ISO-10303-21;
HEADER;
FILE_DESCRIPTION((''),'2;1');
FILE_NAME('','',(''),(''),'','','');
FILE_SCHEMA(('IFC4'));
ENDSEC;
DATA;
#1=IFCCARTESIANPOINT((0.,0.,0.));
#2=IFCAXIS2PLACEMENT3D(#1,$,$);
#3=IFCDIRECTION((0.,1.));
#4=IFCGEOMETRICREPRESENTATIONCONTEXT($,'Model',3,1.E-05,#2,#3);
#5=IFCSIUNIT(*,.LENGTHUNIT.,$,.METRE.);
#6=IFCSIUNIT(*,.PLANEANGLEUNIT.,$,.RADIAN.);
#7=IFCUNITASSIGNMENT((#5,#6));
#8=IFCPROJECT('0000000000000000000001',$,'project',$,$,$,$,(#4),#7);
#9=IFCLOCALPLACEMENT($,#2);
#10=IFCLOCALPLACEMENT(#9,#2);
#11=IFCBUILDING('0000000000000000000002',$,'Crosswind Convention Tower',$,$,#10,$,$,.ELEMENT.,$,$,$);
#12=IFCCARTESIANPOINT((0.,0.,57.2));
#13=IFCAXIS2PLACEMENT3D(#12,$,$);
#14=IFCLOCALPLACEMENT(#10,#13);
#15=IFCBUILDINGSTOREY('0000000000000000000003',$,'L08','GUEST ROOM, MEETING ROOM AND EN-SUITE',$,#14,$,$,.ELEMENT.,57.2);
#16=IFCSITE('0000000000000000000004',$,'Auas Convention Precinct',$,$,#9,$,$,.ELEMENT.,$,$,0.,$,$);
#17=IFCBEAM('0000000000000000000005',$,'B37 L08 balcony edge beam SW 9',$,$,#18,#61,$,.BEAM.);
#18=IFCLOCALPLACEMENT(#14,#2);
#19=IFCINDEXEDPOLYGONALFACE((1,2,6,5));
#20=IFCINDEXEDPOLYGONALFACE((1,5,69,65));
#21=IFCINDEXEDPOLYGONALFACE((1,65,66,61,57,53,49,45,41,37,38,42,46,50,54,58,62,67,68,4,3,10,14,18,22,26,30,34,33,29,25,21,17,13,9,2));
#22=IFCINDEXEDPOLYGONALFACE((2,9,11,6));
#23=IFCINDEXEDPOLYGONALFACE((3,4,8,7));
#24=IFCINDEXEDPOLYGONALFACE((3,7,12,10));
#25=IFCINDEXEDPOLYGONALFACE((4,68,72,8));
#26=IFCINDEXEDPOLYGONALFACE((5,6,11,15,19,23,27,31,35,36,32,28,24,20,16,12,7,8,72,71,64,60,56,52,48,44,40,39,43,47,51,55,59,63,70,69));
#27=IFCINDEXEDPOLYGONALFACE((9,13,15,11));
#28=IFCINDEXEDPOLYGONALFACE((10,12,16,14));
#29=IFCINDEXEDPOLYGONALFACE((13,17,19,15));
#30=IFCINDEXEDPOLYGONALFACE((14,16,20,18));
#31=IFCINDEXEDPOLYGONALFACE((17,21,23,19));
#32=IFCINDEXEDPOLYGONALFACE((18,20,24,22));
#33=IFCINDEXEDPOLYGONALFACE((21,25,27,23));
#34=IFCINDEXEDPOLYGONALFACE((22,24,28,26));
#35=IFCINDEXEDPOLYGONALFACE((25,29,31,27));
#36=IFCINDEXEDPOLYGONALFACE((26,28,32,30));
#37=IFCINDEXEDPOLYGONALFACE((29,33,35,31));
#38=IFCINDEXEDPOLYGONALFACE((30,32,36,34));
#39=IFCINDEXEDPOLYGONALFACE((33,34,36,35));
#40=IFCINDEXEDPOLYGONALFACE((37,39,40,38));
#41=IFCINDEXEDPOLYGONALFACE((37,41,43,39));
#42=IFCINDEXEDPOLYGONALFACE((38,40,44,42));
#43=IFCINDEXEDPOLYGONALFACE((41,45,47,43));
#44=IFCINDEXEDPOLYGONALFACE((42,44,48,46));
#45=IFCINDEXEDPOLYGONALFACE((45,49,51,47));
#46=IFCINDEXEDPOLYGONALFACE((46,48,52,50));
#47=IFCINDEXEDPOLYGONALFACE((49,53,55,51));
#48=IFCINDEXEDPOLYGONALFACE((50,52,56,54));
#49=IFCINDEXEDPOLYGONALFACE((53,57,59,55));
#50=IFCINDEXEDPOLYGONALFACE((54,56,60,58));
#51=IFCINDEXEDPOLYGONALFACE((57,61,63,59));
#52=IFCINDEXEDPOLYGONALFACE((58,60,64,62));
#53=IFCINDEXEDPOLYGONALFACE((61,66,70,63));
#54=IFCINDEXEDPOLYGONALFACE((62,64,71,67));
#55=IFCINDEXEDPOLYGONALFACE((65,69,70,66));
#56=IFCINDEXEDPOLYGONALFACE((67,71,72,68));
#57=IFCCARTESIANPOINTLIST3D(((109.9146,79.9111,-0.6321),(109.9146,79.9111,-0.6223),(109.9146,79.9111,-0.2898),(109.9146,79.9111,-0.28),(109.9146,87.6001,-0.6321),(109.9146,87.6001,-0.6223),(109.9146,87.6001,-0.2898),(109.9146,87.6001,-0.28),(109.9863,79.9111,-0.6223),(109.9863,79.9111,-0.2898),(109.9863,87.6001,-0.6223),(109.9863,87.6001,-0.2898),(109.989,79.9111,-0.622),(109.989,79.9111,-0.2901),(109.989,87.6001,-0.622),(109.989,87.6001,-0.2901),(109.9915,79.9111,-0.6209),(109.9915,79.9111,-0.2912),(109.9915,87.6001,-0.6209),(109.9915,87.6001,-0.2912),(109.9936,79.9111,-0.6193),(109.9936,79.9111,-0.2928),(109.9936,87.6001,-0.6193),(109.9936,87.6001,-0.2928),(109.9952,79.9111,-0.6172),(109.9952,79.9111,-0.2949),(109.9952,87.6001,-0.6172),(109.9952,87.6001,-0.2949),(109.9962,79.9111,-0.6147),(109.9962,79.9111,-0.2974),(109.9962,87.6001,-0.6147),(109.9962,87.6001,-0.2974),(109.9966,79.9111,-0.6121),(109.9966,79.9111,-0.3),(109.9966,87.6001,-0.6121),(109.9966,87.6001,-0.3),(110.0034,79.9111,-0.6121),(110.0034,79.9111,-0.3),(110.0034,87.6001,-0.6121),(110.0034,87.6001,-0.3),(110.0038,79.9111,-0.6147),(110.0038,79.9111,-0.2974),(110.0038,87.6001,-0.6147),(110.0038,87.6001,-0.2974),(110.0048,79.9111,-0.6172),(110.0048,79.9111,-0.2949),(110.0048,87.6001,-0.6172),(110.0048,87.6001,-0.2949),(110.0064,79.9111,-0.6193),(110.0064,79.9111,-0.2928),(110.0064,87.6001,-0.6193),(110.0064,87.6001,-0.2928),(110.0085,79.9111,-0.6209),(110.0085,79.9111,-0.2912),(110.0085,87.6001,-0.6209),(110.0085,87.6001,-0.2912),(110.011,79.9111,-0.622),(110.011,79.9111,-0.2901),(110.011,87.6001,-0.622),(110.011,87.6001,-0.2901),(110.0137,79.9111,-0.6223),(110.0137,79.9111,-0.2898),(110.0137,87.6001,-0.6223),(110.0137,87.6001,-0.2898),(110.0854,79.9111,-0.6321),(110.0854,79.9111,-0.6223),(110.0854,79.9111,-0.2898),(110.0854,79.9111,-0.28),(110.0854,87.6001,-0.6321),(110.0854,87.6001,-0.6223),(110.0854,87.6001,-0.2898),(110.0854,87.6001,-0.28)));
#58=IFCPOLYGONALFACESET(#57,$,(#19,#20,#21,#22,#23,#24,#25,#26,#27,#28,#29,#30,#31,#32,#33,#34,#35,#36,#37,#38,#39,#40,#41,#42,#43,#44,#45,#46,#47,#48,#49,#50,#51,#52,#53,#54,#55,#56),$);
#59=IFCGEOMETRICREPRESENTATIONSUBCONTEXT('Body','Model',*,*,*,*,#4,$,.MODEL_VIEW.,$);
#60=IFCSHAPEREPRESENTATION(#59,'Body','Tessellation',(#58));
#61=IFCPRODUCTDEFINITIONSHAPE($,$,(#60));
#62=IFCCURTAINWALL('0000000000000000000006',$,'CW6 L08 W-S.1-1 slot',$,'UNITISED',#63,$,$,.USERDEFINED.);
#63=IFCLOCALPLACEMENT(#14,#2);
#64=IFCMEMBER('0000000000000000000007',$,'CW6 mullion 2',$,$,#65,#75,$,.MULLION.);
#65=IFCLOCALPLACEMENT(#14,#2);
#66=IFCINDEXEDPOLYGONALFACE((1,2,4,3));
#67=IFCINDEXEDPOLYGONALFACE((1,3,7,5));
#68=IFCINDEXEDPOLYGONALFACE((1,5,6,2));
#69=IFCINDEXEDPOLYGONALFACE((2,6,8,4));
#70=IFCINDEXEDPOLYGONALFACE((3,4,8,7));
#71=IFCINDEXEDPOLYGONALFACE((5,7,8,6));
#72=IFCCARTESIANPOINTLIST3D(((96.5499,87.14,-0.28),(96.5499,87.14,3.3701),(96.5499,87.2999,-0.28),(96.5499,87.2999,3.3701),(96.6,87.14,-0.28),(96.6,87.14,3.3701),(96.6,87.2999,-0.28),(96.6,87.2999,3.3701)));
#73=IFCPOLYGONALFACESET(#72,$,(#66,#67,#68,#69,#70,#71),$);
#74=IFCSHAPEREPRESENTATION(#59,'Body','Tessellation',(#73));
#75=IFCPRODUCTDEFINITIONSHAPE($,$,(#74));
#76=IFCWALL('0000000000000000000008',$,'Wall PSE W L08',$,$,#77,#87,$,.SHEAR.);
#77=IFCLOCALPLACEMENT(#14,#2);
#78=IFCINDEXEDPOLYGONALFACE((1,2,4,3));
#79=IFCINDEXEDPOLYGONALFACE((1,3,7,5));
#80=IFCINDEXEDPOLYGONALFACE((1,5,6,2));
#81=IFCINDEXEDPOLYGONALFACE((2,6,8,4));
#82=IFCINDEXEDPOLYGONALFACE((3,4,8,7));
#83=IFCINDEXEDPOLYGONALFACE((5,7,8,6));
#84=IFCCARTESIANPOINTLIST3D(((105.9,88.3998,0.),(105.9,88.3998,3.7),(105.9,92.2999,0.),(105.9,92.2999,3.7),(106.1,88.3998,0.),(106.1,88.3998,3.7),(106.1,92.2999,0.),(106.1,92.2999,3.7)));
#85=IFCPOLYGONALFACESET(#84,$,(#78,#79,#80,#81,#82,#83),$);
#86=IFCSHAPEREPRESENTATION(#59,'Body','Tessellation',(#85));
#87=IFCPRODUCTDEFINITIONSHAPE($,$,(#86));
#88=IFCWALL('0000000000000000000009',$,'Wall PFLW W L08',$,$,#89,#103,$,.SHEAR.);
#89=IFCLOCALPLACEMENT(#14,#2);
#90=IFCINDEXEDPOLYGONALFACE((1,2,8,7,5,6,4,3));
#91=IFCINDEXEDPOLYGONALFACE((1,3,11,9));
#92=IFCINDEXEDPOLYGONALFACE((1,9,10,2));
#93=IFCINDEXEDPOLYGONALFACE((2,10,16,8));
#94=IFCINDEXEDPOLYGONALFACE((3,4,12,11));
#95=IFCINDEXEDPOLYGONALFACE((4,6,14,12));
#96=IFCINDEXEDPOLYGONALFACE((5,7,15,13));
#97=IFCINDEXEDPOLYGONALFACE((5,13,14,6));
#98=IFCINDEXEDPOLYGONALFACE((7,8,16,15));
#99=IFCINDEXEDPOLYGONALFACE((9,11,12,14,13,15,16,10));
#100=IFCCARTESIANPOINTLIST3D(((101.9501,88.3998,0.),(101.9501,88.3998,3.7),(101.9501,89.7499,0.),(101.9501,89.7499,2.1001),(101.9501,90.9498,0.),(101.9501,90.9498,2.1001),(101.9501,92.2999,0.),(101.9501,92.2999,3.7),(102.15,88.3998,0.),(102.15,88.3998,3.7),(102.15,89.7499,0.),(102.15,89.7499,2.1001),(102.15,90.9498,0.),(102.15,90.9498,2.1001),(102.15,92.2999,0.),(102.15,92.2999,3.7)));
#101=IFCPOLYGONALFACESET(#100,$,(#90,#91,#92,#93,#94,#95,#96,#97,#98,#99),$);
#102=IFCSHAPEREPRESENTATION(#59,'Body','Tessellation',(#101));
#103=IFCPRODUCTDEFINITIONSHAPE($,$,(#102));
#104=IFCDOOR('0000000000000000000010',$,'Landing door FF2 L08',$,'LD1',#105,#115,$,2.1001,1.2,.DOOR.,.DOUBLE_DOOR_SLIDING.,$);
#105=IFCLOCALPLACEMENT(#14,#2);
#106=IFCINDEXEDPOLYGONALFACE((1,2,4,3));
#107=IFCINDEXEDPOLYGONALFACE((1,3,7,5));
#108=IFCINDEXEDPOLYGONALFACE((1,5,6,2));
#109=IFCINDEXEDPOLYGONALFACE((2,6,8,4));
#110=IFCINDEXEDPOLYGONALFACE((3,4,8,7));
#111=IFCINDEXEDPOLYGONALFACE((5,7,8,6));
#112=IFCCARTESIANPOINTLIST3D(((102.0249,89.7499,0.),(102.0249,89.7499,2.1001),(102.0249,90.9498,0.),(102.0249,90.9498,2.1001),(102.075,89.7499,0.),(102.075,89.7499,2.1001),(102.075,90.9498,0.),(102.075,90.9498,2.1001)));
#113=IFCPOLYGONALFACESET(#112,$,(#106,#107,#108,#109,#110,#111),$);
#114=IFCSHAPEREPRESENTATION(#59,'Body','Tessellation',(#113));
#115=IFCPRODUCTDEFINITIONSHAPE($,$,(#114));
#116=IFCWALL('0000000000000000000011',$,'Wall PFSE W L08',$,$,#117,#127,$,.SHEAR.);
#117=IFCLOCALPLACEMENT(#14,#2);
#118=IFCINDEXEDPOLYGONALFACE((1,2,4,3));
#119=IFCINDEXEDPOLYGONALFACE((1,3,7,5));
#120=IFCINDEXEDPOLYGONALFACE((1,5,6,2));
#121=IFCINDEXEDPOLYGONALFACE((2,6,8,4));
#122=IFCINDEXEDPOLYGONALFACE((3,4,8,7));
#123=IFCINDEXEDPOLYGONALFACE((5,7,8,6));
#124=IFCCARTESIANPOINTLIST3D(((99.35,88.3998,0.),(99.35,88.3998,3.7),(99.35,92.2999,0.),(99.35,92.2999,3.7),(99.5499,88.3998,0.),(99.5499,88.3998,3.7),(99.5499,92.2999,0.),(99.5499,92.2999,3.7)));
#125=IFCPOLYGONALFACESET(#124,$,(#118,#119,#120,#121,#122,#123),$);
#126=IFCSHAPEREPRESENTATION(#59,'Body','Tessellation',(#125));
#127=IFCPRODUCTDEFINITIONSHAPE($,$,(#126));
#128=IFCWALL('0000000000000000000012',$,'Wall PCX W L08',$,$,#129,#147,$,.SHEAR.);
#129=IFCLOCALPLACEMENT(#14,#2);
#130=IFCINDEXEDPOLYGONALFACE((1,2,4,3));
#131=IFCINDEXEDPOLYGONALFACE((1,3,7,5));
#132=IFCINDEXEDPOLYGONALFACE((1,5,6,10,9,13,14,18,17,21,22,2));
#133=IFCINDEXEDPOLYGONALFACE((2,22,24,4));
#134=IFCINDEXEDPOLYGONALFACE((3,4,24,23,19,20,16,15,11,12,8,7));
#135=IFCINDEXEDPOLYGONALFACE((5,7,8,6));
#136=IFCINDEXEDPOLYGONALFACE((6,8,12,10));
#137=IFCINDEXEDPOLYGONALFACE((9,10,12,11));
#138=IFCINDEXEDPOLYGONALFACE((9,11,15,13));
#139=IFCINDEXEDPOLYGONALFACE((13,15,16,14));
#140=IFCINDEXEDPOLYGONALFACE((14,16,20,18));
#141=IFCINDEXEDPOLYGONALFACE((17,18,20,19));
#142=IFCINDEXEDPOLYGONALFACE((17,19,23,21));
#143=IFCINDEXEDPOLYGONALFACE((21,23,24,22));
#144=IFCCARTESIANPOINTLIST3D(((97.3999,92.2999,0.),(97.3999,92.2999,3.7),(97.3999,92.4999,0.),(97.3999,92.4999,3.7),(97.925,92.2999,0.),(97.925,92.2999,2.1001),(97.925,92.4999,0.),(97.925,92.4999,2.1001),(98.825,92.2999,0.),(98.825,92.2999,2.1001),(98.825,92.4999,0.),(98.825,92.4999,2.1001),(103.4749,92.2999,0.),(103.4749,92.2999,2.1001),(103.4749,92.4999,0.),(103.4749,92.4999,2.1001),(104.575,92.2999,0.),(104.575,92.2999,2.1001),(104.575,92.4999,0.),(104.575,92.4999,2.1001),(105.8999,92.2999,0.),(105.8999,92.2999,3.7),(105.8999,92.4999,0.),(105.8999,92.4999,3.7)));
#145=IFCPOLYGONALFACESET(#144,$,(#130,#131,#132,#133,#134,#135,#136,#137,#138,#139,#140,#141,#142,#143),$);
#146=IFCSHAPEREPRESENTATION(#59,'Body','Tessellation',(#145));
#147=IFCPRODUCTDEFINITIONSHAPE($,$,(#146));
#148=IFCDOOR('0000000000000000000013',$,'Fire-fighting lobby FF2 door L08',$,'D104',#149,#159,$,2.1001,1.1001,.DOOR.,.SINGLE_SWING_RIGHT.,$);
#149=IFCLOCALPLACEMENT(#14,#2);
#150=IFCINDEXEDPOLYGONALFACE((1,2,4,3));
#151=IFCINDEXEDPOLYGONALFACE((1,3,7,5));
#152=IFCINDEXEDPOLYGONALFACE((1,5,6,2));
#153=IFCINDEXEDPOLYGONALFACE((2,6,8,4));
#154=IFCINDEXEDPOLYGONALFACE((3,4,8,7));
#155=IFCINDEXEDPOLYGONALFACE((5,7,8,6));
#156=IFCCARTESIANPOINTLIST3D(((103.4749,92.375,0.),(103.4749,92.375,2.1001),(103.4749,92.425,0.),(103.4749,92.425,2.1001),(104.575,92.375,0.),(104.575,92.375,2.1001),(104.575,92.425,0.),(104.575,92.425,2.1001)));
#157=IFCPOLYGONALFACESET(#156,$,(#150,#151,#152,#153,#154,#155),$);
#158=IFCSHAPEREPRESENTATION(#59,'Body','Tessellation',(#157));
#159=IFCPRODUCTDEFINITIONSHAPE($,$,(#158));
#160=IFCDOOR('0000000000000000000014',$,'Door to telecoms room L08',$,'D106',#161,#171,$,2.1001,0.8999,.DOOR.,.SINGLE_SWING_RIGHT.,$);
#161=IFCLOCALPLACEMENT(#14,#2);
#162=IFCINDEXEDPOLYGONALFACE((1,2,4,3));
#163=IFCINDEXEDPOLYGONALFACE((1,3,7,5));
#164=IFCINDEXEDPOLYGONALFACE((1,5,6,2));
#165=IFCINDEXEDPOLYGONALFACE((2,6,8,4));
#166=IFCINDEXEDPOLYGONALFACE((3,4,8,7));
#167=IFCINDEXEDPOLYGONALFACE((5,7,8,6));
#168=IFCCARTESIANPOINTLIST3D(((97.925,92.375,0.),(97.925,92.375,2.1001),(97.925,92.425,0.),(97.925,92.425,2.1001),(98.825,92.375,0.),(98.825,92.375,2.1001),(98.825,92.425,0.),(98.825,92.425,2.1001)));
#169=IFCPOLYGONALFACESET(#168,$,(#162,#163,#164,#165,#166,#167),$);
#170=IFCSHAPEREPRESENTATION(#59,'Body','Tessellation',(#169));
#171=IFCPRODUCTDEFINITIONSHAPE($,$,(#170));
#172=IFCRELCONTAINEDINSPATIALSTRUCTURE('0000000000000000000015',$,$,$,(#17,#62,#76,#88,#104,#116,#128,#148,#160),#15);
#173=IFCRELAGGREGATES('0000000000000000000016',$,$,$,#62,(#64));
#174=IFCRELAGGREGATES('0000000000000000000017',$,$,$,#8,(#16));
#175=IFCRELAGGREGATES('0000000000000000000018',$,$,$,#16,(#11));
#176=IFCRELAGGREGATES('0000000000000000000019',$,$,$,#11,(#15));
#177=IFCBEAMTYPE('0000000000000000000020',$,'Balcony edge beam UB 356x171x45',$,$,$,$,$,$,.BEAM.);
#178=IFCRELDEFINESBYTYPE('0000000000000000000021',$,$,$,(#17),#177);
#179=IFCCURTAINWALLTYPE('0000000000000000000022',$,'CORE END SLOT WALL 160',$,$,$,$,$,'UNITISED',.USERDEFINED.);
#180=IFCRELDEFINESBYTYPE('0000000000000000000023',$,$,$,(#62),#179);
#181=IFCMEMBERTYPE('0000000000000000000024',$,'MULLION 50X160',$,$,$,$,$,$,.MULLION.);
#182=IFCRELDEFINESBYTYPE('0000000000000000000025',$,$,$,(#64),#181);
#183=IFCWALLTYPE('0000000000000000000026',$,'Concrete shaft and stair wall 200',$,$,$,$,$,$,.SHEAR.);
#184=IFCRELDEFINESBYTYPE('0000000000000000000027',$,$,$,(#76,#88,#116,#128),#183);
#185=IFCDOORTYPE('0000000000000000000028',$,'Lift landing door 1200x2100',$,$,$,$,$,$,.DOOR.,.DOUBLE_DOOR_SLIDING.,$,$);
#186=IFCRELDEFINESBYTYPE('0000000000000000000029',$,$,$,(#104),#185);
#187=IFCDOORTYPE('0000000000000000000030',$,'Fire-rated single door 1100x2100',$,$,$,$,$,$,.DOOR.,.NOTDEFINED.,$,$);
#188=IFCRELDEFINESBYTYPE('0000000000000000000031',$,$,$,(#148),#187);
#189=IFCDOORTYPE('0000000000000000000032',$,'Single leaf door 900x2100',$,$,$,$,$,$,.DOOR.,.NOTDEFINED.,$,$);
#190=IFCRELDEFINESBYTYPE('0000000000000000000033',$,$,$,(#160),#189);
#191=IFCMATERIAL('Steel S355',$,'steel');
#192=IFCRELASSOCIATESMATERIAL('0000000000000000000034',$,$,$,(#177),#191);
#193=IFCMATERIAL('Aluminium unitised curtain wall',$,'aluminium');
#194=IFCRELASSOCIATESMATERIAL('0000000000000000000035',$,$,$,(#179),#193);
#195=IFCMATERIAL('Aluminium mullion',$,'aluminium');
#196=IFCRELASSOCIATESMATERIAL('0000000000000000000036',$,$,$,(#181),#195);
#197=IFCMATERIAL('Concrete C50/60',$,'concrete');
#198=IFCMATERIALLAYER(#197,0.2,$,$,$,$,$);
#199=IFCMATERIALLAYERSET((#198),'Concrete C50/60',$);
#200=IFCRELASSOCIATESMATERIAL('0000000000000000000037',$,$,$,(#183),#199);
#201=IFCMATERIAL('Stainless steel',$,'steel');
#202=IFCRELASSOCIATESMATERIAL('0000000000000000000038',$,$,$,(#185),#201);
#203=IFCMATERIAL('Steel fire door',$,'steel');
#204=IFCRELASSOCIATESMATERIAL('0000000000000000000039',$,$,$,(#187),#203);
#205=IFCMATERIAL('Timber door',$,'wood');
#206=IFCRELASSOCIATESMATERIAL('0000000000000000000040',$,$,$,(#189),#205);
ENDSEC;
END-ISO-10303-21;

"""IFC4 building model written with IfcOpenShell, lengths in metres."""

from ifc_helpers import new_model, si_unit, direction, frame, frame_2d, origin, origin_2d, place, context, subcontext, project, spatial, rectangle, i_section, extrude, material, layer, layer_set, material_profile, profile_set, type_object, element, fill, aggregate, save


model = new_model("IFC4")

# Units and contexts
model_context = context("Model", 3, precision=1e-05, world=origin(), true_north=direction((0.0, 1.0)))
body_context = subcontext(model_context, "Body", "Model", "MODEL_VIEW")
ifc_project = project(units=[si_unit("LENGTHUNIT", "METRE"), si_unit("PLANEANGLEUNIT", "RADIAN")], contexts=[model_context])

# Site, building, storey
site_placement = place(None, origin())
site = spatial("IfcSite", under=ifc_project, at=site_placement, Name="Auas Convention Precinct", CompositionType="ELEMENT", RefElevation=0.0)
building_placement = place(site_placement, origin())
building = spatial("IfcBuilding", under=site, at=building_placement, Name="Crosswind Convention Tower", CompositionType="ELEMENT")
storey_placement = place(building_placement, frame((0.0, 0.0, 57.2)))
storey = spatial("IfcBuildingStorey", under=building, at=storey_placement, Name="L08", Description="GUEST ROOM, MEETING ROOM AND EN-SUITE", CompositionType="ELEMENT", Elevation=57.2)

# Beam
ifc_material_1 = material(Name="Steel S355", Category="steel")
ifc_material_profile_1 = material_profile(ifc_material_1, i_section(OverallWidth=0.1709, OverallDepth=0.3521, WebThickness=0.0068, FlangeThickness=0.0098, FilletRadius=0.0103, at=origin_2d()), Name="UB 356x171x45")
ifc_profile_set_1 = profile_set([ifc_material_profile_1], Name="Steel S355")
beam_type = type_object("IfcBeamType", Name="Balcony edge beam UB 356x171x45", PredefinedType="BEAM", material=ifc_profile_set_1)
beam_placement = place(storey_placement, frame((110.0, 87.6001, -0.4561), z_axis=(0.0, -1.0, 0.0), x_axis=(1.0, 0.0, 0.0)))
element("IfcBeam", 1, at=beam_placement, inside=storey, type_object=beam_type, Name="B37 L08 balcony edge beam SW 9", PredefinedType="BEAM", context=body_context, shape_type="SweptSolid", body=[
    extrude(i_section(OverallWidth=0.1709, OverallDepth=0.3521, WebThickness=0.0068, FlangeThickness=0.0098, FilletRadius=0.0103, at=origin_2d()), origin(), (0.0, 0.0, 1.0), 7.689),
])

# Curtain wall, member
ifc_material_2 = material(Name="Aluminium unitised curtain wall", Category="aluminium")
curtain_wall_type = type_object("IfcCurtainWallType", Name="CORE END SLOT WALL 160", ElementType="UNITISED", PredefinedType="USERDEFINED", material=ifc_material_2)
curtain_wall_placement = place(storey_placement, origin())
curtain_wall = element("IfcCurtainWall", 2, at=curtain_wall_placement, inside=storey, type_object=curtain_wall_type, Name="CW6 L08 W-S.1-1 slot", ObjectType="UNITISED", PredefinedType="USERDEFINED")
ifc_material_3 = material(Name="Aluminium mullion", Category="aluminium")
ifc_material_profile_2 = material_profile(ifc_material_3, rectangle(XDim=0.1599, YDim=0.05, at=origin_2d()), Name="AL 160X50")
ifc_profile_set_2 = profile_set([ifc_material_profile_2], Name="Aluminium mullion")
member_type = type_object("IfcMemberType", Name="MULLION 50X160", PredefinedType="MULLION", material=ifc_profile_set_2)
member_placement = place(storey_placement, frame((96.575, 87.22, -0.28), z_axis=(0.0, 0.0, 1.0), x_axis=(0.0, -1.0, 0.0)))
member = element("IfcMember", 3, at=member_placement, type_object=member_type, Name="CW6 mullion 2", PredefinedType="MULLION", context=body_context, shape_type="SweptSolid", body=[
    extrude(rectangle(XDim=0.1599, YDim=0.05, at=origin_2d()), origin(), (0.0, 0.0, 1.0), 3.6501),
])
aggregate(curtain_wall, [member])

# Wall
ifc_material_4 = material(Name="Concrete C50/60", Category="concrete")
ifc_layer_1 = layer(ifc_material_4, 0.2)
ifc_layer_set_1 = layer_set([ifc_layer_1], Name="Concrete C50/60")
wall_type_1 = type_object("IfcWallType", Name="Concrete shaft and stair wall 200", PredefinedType="SHEAR", material=ifc_layer_set_1)
wall_1_placement = place(storey_placement, frame((106.0, 92.3, 0.0), z_axis=(0.0, 0.0, 1.0), x_axis=(0.0, -1.0, 0.0)))
element("IfcWall", 4, at=wall_1_placement, inside=storey, type_object=wall_type_1, Name="Wall PSE W L08", PredefinedType="SHEAR", context=body_context, shape_type="SweptSolid", body=[
    extrude(rectangle(XDim=3.9001, YDim=0.2, at=frame_2d((1.9502, 0.0))), origin(), (0.0, 0.0, 1.0), 3.7),
])

# Wall, opening, door
wall_2_placement = place(storey_placement, frame((102.05, 92.3, 0.0), z_axis=(0.0, 0.0, 1.0), x_axis=(0.0, -1.0, 0.0)))
wall_2 = element("IfcWall", 5, at=wall_2_placement, inside=storey, type_object=wall_type_1, Name="Wall PFLW W L08", PredefinedType="SHEAR", context=body_context, shape_type="SweptSolid", body=[
    extrude(rectangle(XDim=3.9001, YDim=0.2, at=frame_2d((1.9502, 0.0))), origin(), (0.0, 0.0, 1.0), 3.7),
])
opening_1_placement = place(wall_2_placement, frame((1.3501, 0.0, 0.0)))
opening_1 = element("IfcOpeningElement", 6, at=opening_1_placement, cuts=wall_2, PredefinedType="OPENING", context=body_context, shape_type="SweptSolid", body=[
    extrude(rectangle(XDim=1.2, YDim=2.1001, at=frame_2d((0.6001, 1.05))), frame((0.0, 0.1099, 0.0), z_axis=(0.0, -1.0, 0.0), x_axis=(1.0, 0.0, 0.0)), (0.0, 0.0, 1.0), 0.22),
])
ifc_material_5 = material(Name="Stainless steel", Category="steel")
door_type_1 = type_object("IfcDoorType", Name="Lift landing door 1200x2100", OperationType="DOUBLE_DOOR_SLIDING", PredefinedType="DOOR", material=ifc_material_5)
door_1_placement = place(opening_1_placement, origin())
door_1 = element("IfcDoor", 7, at=door_1_placement, inside=storey, type_object=door_type_1, Name="Landing door FF2 L08", ObjectType="LD1", OperationType="DOUBLE_DOOR_SLIDING", OverallHeight=2.1001, OverallWidth=1.2, PredefinedType="DOOR", context=body_context, shape_type="SweptSolid", body=[
    extrude(rectangle(XDim=1.2, YDim=2.1001, at=frame_2d((0.6001, 1.05))), frame((0.0, 0.0249, 0.0), z_axis=(0.0, -1.0, 0.0), x_axis=(1.0, 0.0, 0.0)), (0.0, 0.0, 1.0), 0.05),
])
fill(opening_1, door_1)

# Wall
wall_3_placement = place(storey_placement, frame((99.45, 92.3, 0.0), z_axis=(0.0, 0.0, 1.0), x_axis=(0.0, -1.0, 0.0)))
element("IfcWall", 8, at=wall_3_placement, inside=storey, type_object=wall_type_1, Name="Wall PFSE W L08", PredefinedType="SHEAR", context=body_context, shape_type="SweptSolid", body=[
    extrude(rectangle(XDim=3.9001, YDim=0.2, at=frame_2d((1.9502, 0.0))), origin(), (0.0, 0.0, 1.0), 3.7),
])

# Wall, openings, doors
wall_4_placement = place(storey_placement, frame((105.8999, 92.3999, 0.0), z_axis=(0.0, 0.0, 1.0), x_axis=(-1.0, 0.0, 0.0)))
wall_4 = element("IfcWall", 9, at=wall_4_placement, inside=storey, type_object=wall_type_1, Name="Wall PCX W L08", PredefinedType="SHEAR", context=body_context, shape_type="SweptSolid", body=[
    extrude(rectangle(XDim=8.5, YDim=0.2, at=frame_2d((4.25, 0.0))), origin(), (0.0, 0.0, 1.0), 3.7),
])
opening_2_placement = place(wall_4_placement, frame((1.325, 0.0, 0.0)))
opening_2 = element("IfcOpeningElement", 10, at=opening_2_placement, cuts=wall_4, PredefinedType="OPENING", context=body_context, shape_type="SweptSolid", body=[
    extrude(rectangle(XDim=1.1001, YDim=2.1001, at=frame_2d((0.55, 1.05))), frame((0.0, 0.1099, 0.0), z_axis=(0.0, -1.0, 0.0), x_axis=(1.0, 0.0, 0.0)), (0.0, 0.0, 1.0), 0.22),
])
opening_3_placement = place(wall_4_placement, frame((7.075, 0.0, 0.0)))
opening_3 = element("IfcOpeningElement", 11, at=opening_3_placement, cuts=wall_4, PredefinedType="OPENING", context=body_context, shape_type="SweptSolid", body=[
    extrude(rectangle(XDim=0.8999, YDim=2.1001, at=frame_2d((0.45, 1.05))), frame((0.0, 0.1099, 0.0), z_axis=(0.0, -1.0, 0.0), x_axis=(1.0, 0.0, 0.0)), (0.0, 0.0, 1.0), 0.22),
])
ifc_material_6 = material(Name="Steel fire door", Category="steel")
door_type_2 = type_object("IfcDoorType", Name="Fire-rated single door 1100x2100", OperationType="NOTDEFINED", PredefinedType="DOOR", material=ifc_material_6)
door_2_placement = place(opening_2_placement, origin())
door_2 = element("IfcDoor", 12, at=door_2_placement, inside=storey, type_object=door_type_2, Name="Fire-fighting lobby FF2 door L08", ObjectType="D104", OperationType="SINGLE_SWING_RIGHT", OverallHeight=2.1001, OverallWidth=1.1001, PredefinedType="DOOR", context=body_context, shape_type="SweptSolid", body=[
    extrude(rectangle(XDim=1.1001, YDim=2.1001, at=frame_2d((0.55, 1.05))), frame((0.0, 0.0249, 0.0), z_axis=(0.0, -1.0, 0.0), x_axis=(1.0, 0.0, 0.0)), (0.0, 0.0, 1.0), 0.05),
])
fill(opening_2, door_2)
ifc_material_7 = material(Name="Timber door", Category="wood")
door_type_3 = type_object("IfcDoorType", Name="Single leaf door 900x2100", OperationType="NOTDEFINED", PredefinedType="DOOR", material=ifc_material_7)
door_3_placement = place(opening_3_placement, origin())
door_3 = element("IfcDoor", 13, at=door_3_placement, inside=storey, type_object=door_type_3, Name="Door to telecoms room L08", ObjectType="D106", OperationType="SINGLE_SWING_RIGHT", OverallHeight=2.1001, OverallWidth=0.8999, PredefinedType="DOOR", context=body_context, shape_type="SweptSolid", body=[
    extrude(rectangle(XDim=0.8999, YDim=2.1001, at=frame_2d((0.45, 1.05))), frame((0.0, 0.0249, 0.0), z_axis=(0.0, -1.0, 0.0), x_axis=(1.0, 0.0, 0.0)), (0.0, 0.0, 1.0), 0.05),
])
fill(opening_3, door_3)

save(model, "model.ifc")
